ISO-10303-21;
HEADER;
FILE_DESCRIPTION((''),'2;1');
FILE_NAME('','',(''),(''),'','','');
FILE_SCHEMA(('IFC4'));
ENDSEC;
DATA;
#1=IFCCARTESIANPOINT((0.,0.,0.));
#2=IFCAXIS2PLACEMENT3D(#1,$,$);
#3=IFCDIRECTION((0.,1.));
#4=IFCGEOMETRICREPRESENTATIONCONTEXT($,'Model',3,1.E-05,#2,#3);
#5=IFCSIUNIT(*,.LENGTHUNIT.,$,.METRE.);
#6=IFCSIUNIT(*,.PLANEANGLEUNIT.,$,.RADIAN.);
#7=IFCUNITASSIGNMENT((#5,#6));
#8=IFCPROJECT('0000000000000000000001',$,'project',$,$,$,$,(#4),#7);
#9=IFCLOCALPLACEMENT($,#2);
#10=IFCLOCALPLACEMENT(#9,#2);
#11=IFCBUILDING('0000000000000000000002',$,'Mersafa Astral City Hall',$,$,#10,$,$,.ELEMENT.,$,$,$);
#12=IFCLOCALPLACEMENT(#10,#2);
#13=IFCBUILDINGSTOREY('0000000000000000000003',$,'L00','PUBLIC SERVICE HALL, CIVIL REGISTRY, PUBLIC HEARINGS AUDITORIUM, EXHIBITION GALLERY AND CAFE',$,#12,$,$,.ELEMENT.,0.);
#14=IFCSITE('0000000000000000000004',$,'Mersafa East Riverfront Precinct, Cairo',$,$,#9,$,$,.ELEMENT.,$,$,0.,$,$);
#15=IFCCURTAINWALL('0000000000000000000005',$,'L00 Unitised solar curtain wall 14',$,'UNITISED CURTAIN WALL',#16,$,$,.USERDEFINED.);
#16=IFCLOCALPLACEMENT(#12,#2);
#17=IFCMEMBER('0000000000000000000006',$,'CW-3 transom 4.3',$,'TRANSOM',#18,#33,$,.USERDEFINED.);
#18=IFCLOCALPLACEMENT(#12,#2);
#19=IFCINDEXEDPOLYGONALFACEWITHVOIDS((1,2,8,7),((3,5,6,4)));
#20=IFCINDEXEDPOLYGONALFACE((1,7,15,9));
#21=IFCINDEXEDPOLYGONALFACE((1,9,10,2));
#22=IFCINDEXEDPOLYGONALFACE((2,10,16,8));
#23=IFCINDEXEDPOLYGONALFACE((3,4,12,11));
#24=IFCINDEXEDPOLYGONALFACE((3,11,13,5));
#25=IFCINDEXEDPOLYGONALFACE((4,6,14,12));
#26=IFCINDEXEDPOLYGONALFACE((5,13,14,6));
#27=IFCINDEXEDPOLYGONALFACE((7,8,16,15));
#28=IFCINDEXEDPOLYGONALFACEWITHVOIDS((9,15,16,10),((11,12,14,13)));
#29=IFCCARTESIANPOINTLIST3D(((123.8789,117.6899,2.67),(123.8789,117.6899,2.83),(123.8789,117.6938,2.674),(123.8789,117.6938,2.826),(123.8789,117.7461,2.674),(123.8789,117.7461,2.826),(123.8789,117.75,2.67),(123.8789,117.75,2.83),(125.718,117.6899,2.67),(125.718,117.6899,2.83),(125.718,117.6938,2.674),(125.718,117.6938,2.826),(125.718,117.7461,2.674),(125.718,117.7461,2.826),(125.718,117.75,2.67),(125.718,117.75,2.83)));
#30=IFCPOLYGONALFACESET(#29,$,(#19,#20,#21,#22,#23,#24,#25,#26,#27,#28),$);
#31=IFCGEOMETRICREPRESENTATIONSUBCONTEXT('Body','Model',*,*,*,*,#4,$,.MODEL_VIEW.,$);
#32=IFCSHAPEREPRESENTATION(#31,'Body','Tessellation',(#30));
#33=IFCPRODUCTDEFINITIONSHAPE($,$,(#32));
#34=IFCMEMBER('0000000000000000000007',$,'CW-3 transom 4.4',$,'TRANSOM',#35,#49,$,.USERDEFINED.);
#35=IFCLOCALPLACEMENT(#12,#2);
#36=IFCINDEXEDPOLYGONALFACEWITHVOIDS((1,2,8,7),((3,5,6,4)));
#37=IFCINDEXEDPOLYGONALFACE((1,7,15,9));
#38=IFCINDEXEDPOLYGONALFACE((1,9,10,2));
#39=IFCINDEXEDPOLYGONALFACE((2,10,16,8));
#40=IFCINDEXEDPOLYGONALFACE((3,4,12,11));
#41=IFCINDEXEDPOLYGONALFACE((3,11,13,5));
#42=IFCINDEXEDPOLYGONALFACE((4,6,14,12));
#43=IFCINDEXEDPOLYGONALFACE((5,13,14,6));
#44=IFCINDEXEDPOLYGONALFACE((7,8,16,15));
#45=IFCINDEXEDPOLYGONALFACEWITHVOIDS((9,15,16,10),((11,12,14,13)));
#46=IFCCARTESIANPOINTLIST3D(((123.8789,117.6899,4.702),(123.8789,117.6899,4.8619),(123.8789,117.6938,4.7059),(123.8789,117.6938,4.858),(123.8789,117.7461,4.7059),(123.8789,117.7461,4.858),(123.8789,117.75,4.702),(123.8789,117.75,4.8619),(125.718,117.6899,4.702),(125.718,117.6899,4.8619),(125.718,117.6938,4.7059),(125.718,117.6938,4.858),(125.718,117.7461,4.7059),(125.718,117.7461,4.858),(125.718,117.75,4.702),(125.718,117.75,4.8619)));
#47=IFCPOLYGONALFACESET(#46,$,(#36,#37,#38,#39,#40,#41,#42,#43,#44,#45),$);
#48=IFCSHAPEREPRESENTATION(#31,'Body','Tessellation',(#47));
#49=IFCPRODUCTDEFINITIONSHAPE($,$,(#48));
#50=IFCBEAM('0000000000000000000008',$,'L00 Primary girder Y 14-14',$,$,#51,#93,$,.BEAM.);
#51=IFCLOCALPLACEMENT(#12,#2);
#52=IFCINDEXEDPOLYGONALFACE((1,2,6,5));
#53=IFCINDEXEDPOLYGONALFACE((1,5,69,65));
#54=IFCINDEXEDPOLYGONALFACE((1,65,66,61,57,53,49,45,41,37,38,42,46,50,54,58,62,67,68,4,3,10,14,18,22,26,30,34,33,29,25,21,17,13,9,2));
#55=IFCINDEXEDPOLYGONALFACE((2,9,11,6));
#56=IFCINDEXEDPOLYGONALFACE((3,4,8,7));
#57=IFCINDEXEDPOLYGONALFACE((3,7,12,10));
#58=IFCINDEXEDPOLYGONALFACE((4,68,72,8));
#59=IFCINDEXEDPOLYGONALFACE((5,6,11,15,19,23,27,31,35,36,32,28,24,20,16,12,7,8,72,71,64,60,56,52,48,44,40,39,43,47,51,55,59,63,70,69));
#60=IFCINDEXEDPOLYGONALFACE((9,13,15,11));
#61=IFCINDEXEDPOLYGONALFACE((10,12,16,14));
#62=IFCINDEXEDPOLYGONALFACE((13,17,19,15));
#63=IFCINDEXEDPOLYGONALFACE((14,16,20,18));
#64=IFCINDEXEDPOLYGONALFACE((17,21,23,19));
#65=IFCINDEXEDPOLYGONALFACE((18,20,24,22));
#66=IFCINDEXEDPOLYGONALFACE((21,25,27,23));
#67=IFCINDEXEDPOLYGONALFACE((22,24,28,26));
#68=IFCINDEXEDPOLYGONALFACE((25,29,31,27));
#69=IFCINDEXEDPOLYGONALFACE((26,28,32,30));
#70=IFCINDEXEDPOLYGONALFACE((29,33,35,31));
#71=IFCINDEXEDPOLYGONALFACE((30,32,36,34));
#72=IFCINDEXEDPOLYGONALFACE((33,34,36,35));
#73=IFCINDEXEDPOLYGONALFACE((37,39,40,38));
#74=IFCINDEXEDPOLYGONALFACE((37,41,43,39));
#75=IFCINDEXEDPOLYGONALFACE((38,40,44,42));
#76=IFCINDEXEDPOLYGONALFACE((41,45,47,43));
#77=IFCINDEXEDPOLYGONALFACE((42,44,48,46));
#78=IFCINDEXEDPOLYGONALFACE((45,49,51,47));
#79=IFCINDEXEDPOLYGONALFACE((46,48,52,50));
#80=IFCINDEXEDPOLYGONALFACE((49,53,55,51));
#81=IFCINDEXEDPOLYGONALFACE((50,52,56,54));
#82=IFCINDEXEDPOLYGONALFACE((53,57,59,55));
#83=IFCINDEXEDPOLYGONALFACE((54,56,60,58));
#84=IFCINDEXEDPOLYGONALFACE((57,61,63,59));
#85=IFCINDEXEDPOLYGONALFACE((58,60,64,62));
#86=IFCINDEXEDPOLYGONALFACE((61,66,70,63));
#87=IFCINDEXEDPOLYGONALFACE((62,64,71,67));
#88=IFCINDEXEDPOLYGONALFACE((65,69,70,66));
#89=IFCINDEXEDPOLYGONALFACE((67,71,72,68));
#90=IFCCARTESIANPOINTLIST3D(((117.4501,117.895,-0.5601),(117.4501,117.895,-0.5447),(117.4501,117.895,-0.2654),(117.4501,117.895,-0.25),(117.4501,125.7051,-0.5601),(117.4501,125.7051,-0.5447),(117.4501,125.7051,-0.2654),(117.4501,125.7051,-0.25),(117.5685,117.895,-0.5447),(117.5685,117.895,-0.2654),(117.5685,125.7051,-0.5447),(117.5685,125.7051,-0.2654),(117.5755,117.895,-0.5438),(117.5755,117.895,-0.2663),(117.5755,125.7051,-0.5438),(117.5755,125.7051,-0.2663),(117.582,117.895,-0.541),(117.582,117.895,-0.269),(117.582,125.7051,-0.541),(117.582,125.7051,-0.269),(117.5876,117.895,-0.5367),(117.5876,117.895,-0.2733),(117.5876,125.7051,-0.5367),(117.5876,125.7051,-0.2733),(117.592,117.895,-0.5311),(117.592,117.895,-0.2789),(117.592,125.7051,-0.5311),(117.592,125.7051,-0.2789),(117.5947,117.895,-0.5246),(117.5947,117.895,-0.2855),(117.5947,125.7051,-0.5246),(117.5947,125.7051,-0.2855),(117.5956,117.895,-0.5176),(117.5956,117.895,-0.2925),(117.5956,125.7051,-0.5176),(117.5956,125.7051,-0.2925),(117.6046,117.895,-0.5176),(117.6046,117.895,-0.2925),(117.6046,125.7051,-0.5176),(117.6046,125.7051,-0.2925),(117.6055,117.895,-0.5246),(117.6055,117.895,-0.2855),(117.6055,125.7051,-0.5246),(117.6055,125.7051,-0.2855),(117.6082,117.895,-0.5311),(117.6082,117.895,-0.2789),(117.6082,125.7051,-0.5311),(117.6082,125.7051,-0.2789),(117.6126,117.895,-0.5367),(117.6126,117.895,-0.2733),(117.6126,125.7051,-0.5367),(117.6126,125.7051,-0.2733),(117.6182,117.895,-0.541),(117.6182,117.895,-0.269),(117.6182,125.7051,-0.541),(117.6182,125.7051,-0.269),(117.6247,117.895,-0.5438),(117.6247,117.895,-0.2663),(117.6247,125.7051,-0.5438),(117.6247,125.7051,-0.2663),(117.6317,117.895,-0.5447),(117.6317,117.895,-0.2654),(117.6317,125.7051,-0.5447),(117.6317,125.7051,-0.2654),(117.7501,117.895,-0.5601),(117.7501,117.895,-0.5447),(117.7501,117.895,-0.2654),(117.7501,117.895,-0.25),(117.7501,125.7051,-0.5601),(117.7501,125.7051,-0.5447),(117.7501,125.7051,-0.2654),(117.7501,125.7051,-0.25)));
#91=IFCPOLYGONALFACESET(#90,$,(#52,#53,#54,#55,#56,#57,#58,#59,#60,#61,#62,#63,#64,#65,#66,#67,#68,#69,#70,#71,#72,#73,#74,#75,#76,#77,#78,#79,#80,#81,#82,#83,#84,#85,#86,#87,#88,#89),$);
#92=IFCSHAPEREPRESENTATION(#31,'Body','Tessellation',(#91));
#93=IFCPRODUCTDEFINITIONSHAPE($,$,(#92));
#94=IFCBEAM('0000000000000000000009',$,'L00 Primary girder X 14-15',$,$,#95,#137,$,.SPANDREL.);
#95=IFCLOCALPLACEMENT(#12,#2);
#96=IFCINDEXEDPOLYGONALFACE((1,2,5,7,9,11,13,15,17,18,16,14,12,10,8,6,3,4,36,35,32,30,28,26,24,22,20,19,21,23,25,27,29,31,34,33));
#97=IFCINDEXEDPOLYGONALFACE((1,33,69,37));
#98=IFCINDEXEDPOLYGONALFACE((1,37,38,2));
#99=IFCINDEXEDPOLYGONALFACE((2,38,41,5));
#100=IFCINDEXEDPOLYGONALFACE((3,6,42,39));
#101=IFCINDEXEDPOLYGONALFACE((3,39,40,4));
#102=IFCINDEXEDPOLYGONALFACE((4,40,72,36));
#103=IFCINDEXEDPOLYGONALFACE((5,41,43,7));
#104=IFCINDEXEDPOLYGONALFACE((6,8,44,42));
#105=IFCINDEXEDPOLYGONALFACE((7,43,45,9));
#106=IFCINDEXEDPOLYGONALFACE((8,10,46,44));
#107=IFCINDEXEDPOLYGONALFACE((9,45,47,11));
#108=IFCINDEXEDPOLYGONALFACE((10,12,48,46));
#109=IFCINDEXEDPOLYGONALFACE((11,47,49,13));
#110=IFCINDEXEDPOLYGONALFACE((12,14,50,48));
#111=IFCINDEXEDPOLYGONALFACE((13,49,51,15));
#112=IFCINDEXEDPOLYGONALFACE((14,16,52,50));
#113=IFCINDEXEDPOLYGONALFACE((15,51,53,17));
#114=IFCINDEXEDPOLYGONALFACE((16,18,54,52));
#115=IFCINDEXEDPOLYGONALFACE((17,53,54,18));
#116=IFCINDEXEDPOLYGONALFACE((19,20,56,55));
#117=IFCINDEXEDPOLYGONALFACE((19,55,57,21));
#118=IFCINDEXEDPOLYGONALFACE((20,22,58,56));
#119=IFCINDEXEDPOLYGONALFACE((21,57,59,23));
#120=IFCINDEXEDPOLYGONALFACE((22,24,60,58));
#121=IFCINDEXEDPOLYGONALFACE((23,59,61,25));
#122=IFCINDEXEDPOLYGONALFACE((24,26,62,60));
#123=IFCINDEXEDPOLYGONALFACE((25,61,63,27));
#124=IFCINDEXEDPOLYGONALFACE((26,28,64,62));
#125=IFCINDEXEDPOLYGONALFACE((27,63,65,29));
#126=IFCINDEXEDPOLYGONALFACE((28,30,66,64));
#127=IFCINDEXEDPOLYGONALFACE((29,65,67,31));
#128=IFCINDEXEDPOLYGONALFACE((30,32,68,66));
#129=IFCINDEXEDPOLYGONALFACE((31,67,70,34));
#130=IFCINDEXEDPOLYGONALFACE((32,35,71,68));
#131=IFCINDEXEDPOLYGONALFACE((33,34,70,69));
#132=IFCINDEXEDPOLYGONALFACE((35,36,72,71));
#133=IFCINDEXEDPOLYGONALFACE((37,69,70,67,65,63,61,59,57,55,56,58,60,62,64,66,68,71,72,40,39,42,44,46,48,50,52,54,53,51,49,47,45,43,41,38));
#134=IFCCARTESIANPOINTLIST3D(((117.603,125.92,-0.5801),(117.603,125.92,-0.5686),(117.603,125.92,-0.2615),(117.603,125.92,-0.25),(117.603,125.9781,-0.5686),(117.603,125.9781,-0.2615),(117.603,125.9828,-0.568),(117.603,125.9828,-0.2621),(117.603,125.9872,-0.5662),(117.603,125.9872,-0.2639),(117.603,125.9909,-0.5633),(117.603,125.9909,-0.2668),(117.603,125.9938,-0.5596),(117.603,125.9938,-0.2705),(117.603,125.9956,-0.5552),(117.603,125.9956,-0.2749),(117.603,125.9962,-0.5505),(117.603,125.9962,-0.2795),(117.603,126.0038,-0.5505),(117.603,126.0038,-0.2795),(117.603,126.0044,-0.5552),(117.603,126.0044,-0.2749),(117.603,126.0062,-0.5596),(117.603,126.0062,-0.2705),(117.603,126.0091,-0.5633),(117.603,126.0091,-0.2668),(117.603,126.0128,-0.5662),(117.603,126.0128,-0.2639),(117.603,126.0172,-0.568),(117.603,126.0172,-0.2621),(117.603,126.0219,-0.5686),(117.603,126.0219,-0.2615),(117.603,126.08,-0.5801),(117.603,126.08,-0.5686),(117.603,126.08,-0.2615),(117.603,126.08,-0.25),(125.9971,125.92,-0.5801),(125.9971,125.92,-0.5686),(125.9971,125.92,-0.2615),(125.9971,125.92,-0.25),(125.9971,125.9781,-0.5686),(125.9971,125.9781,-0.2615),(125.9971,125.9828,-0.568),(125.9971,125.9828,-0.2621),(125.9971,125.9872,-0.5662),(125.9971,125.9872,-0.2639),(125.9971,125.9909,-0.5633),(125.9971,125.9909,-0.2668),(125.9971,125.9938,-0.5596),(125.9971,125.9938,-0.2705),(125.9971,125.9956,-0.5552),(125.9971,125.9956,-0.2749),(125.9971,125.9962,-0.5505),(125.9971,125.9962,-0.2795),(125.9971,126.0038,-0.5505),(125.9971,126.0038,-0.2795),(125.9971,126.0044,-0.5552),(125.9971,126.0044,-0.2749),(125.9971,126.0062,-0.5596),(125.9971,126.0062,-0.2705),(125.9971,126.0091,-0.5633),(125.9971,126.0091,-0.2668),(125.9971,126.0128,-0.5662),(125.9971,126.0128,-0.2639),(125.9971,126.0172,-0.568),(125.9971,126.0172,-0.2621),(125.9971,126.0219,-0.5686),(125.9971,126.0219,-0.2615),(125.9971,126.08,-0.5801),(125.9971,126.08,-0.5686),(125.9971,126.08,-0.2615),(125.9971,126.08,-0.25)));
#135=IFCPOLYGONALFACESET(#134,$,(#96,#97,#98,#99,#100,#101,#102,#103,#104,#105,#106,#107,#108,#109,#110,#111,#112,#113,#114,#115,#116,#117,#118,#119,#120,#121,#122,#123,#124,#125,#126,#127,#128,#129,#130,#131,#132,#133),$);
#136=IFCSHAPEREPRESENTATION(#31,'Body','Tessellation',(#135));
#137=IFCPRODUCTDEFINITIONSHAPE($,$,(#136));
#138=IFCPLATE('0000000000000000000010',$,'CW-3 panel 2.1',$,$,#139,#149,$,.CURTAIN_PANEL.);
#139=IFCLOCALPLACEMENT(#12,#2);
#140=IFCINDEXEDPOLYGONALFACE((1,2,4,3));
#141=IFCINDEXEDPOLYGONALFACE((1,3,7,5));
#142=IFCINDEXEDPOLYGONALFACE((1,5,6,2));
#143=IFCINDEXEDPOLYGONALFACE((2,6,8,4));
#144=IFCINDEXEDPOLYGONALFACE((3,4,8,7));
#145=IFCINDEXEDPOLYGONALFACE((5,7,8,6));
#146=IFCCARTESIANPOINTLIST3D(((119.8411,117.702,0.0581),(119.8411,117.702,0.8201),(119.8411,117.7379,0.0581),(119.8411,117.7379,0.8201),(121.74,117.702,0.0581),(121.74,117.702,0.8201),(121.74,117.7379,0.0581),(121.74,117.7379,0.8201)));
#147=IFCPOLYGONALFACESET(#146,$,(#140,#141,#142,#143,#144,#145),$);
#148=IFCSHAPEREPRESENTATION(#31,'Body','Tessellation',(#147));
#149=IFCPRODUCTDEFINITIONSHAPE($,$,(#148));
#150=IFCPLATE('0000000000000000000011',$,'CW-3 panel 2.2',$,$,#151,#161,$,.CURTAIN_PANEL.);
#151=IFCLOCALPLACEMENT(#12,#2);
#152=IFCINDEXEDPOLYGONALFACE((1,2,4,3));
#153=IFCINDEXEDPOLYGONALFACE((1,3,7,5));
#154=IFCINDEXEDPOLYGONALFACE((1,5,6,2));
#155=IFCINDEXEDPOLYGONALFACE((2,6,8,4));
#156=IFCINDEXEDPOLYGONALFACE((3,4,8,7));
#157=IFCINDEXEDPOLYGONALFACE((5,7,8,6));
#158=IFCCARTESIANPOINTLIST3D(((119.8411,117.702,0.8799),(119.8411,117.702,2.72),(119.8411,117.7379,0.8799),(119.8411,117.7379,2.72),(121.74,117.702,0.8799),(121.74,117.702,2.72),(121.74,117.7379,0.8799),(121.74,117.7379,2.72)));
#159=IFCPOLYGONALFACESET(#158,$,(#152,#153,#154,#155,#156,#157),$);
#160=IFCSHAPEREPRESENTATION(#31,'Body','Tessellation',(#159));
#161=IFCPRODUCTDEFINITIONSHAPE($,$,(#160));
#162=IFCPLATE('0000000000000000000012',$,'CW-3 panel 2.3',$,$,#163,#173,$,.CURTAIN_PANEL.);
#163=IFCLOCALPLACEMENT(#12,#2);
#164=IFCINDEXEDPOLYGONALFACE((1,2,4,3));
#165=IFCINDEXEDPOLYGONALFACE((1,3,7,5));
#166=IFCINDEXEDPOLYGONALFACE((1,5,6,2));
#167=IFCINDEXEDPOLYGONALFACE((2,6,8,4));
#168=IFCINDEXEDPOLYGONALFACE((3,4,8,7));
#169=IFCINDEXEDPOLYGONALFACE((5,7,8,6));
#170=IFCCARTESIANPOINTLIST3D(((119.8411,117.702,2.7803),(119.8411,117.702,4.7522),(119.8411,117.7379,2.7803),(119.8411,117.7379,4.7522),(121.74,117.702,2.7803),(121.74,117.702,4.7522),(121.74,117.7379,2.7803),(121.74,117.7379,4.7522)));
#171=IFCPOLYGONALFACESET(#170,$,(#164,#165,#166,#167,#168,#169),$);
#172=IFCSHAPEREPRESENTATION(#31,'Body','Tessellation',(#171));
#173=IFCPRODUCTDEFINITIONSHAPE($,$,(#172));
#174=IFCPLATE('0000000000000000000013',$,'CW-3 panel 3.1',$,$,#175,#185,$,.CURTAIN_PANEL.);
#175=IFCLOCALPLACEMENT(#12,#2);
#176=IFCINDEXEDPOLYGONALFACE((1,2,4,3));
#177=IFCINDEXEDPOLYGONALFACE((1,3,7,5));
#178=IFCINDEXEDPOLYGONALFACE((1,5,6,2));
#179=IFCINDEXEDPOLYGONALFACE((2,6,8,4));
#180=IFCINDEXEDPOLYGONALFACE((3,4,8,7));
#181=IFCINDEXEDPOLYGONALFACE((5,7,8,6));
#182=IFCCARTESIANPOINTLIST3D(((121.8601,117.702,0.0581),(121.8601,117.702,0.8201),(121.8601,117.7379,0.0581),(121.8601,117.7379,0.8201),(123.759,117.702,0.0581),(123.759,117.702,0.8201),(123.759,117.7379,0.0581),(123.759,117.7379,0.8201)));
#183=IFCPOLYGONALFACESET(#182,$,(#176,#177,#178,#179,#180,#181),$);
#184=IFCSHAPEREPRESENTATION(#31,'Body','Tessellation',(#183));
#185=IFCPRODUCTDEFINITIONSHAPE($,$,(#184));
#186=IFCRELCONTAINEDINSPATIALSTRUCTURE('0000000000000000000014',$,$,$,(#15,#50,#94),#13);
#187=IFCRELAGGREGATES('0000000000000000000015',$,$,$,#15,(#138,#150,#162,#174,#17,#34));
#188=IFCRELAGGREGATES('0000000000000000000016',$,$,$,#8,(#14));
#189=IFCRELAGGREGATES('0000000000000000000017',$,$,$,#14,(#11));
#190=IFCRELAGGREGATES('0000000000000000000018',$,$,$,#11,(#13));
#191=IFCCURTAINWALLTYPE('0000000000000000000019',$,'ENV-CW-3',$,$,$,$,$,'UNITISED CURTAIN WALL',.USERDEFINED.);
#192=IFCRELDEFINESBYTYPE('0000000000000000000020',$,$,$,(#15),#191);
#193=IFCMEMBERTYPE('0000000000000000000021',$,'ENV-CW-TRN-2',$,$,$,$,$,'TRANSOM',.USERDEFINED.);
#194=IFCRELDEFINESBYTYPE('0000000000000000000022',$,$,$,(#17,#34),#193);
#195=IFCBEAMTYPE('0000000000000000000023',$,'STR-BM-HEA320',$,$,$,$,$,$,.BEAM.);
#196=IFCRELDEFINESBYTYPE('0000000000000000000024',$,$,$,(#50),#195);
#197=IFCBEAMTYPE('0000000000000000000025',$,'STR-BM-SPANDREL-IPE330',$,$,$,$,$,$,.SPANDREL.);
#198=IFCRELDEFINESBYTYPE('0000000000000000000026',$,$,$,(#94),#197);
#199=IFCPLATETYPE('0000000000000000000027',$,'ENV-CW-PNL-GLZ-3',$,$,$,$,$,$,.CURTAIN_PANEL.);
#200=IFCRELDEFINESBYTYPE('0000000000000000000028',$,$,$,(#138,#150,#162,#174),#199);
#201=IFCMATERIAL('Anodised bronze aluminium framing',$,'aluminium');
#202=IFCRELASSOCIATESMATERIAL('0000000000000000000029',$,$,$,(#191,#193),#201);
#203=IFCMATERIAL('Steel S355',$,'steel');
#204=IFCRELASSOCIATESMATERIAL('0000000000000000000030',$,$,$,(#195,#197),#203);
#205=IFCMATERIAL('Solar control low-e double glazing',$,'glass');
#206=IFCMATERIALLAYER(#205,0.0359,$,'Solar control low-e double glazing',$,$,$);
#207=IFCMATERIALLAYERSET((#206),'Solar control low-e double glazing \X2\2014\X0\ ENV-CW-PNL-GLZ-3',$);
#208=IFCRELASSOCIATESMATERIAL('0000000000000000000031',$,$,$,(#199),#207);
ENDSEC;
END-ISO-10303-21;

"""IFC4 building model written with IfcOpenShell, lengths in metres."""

from ifc_helpers import new_model, si_unit, direction, frame, origin, origin_2d, place, context, subcontext, project, spatial, rectangle, hollow_rectangle, i_section, extrude, material, layer, layer_set, material_profile, profile_set, type_object, element, aggregate, save


model = new_model("IFC4")

# Units and contexts
model_context = context("Model", 3, precision=1e-05, world=origin(), true_north=direction((0.0, 1.0)))
body_context = subcontext(model_context, "Body", "Model", "MODEL_VIEW")
ifc_project = project(units=[si_unit("LENGTHUNIT", "METRE"), si_unit("PLANEANGLEUNIT", "RADIAN")], contexts=[model_context])

# Site, building, storey
site_placement = place(None, origin())
site = spatial("IfcSite", under=ifc_project, at=site_placement, Name="Mersafa East Riverfront Precinct, Cairo", CompositionType="ELEMENT", RefElevation=0.0)
building_placement = place(site_placement, origin())
building = spatial("IfcBuilding", under=site, at=building_placement, Name="Mersafa Astral City Hall", CompositionType="ELEMENT")
storey_placement = place(building_placement, origin())
storey = spatial("IfcBuildingStorey", under=building, at=storey_placement, Name="L00", Description="PUBLIC SERVICE HALL, CIVIL REGISTRY, PUBLIC HEARINGS AUDITORIUM, EXHIBITION GALLERY AND CAFE", CompositionType="ELEMENT", Elevation=0.0)

# Shared definitions
ifc_material_1 = material(Name="Steel S355", Category="steel")

# Curtain wall, members
ifc_material_2 = material(Name="Anodised bronze aluminium framing", Category="aluminium")
curtain_wall_type = type_object("IfcCurtainWallType", Name="ENV-CW-3", ElementType="UNITISED CURTAIN WALL", PredefinedType="USERDEFINED", material=ifc_material_2)
curtain_wall_placement = place(storey_placement, origin())
curtain_wall = element("IfcCurtainWall", 1, at=curtain_wall_placement, inside=storey, type_object=curtain_wall_type, Name="L00 Unitised solar curtain wall 14", ObjectType="UNITISED CURTAIN WALL", PredefinedType="USERDEFINED")
ifc_material_profile_1 = material_profile(ifc_material_2, hollow_rectangle(XDim=0.0601, YDim=0.1599, WallThickness=0.0039, at=origin_2d()), Name="RHS 60x160x4")
ifc_profile_set_1 = profile_set([ifc_material_profile_1], Name="Anodised bronze aluminium framing")
member_type_1 = type_object("IfcMemberType", Name="ENV-CW-TRN-2", ElementType="TRANSOM", PredefinedType="USERDEFINED", material=ifc_profile_set_1)
member_1_placement = place(storey_placement, frame((123.8789, 117.72, 2.75), z_axis=(1.0, 0.0, 0.0), x_axis=(0.0, 1.0, 0.0)))
member_1 = element("IfcMember", 2, at=member_1_placement, type_object=member_type_1, Name="CW-3 transom 4.3", ObjectType="TRANSOM", PredefinedType="USERDEFINED", context=body_context, shape_type="SweptSolid", body=[
    extrude(hollow_rectangle(XDim=0.0601, YDim=0.1599, WallThickness=0.0039, at=origin_2d()), origin(), (0.0, 0.0, 1.0), 1.8391),
])
member_2_placement = place(storey_placement, frame((123.8789, 117.72, 4.782), z_axis=(1.0, 0.0, 0.0), x_axis=(0.0, 1.0, 0.0)))
member_2 = element("IfcMember", 3, at=member_2_placement, type_object=member_type_1, Name="CW-3 transom 4.4", ObjectType="TRANSOM", PredefinedType="USERDEFINED", context=body_context, shape_type="SweptSolid", body=[
    extrude(hollow_rectangle(XDim=0.0601, YDim=0.1599, WallThickness=0.0039, at=origin_2d()), origin(), (0.0, 0.0, 1.0), 1.8391),
])

# Beams
ifc_material_profile_2 = material_profile(ifc_material_1, i_section(OverallWidth=0.3, OverallDepth=0.3101, WebThickness=0.009, FlangeThickness=0.0154, FilletRadius=0.0271, at=origin_2d()), Name="HEA 320")
ifc_profile_set_2 = profile_set([ifc_material_profile_2], Name="Steel S355")
beam_type_1 = type_object("IfcBeamType", Name="STR-BM-HEA320", PredefinedType="BEAM", material=ifc_profile_set_2)
beam_1_placement = place(storey_placement, frame((117.6001, 117.895, -0.405), z_axis=(0.0, 1.0, 0.0), x_axis=(-1.0, 0.0, 0.0)))
element("IfcBeam", 4, at=beam_1_placement, inside=storey, type_object=beam_type_1, Name="L00 Primary girder Y 14-14", PredefinedType="BEAM", context=body_context, shape_type="SweptSolid", body=[
    extrude(i_section(OverallWidth=0.3, OverallDepth=0.3101, WebThickness=0.009, FlangeThickness=0.0154, FilletRadius=0.0271, at=origin_2d()), origin(), (0.0, 0.0, 1.0), 7.8101),
])
ifc_material_profile_3 = material_profile(ifc_material_1, i_section(OverallWidth=0.1599, OverallDepth=0.3301, WebThickness=0.0076, FlangeThickness=0.0115, FilletRadius=0.0181, at=origin_2d()), Name="IPE 330")
ifc_profile_set_3 = profile_set([ifc_material_profile_3], Name="Steel S355")
beam_type_2 = type_object("IfcBeamType", Name="STR-BM-SPANDREL-IPE330", PredefinedType="SPANDREL", material=ifc_profile_set_3)
beam_2_placement = place(storey_placement, frame((117.603, 126.0, -0.415), z_axis=(1.0, 0.0, 0.0), x_axis=(0.0, 1.0, 0.0)))
element("IfcBeam", 5, at=beam_2_placement, inside=storey, type_object=beam_type_2, Name="L00 Primary girder X 14-15", PredefinedType="SPANDREL", context=body_context, shape_type="SweptSolid", body=[
    extrude(i_section(OverallWidth=0.1599, OverallDepth=0.3301, WebThickness=0.0076, FlangeThickness=0.0115, FilletRadius=0.0181, at=origin_2d()), origin(), (0.0, 0.0, 1.0), 8.394),
])

# Plates
ifc_material_3 = material(Name="Solar control low-e double glazing", Category="glass")
ifc_layer_1 = layer(ifc_material_3, 0.0359, Name="Solar control low-e double glazing")
ifc_layer_set_1 = layer_set([ifc_layer_1], Name="Solar control low-e double glazing — ENV-CW-PNL-GLZ-3")
plate_type = type_object("IfcPlateType", Name="ENV-CW-PNL-GLZ-3", PredefinedType="CURTAIN_PANEL", material=ifc_layer_set_1)
plate_1_placement = place(storey_placement, frame((120.7905, 117.72, 0.0581), z_axis=(0.0, 0.0, 1.0), x_axis=(1.0, 0.0, 0.0)))
plate_1 = element("IfcPlate", 6, at=plate_1_placement, type_object=plate_type, Name="CW-3 panel 2.1", PredefinedType="CURTAIN_PANEL", context=body_context, shape_type="SweptSolid", body=[
    extrude(rectangle(XDim=1.8989, YDim=0.0359, at=origin_2d()), origin(), (0.0, 0.0, 1.0), 0.762),
])
plate_2_placement = place(storey_placement, frame((120.7905, 117.72, 0.8799), z_axis=(0.0, 0.0, 1.0), x_axis=(1.0, 0.0, 0.0)))
plate_2 = element("IfcPlate", 7, at=plate_2_placement, type_object=plate_type, Name="CW-3 panel 2.2", PredefinedType="CURTAIN_PANEL", context=body_context, shape_type="SweptSolid", body=[
    extrude(rectangle(XDim=1.8989, YDim=0.0359, at=origin_2d()), origin(), (0.0, 0.0, 1.0), 1.8401),
])
plate_3_placement = place(storey_placement, frame((120.7905, 117.72, 2.7803), z_axis=(0.0, 0.0, 1.0), x_axis=(1.0, 0.0, 0.0)))
plate_3 = element("IfcPlate", 8, at=plate_3_placement, type_object=plate_type, Name="CW-3 panel 2.3", PredefinedType="CURTAIN_PANEL", context=body_context, shape_type="SweptSolid", body=[
    extrude(rectangle(XDim=1.8989, YDim=0.0359, at=origin_2d()), origin(), (0.0, 0.0, 1.0), 1.9719),
])
plate_4_placement = place(storey_placement, frame((122.8096, 117.72, 0.0581), z_axis=(0.0, 0.0, 1.0), x_axis=(1.0, 0.0, 0.0)))
plate_4 = element("IfcPlate", 9, at=plate_4_placement, type_object=plate_type, Name="CW-3 panel 3.1", PredefinedType="CURTAIN_PANEL", context=body_context, shape_type="SweptSolid", body=[
    extrude(rectangle(XDim=1.8989, YDim=0.0359, at=origin_2d()), origin(), (0.0, 0.0, 1.0), 0.762),
])
aggregate(curtain_wall, [plate_1, plate_2, plate_3, plate_4, member_1, member_2])

save(model, "model.ifc")
